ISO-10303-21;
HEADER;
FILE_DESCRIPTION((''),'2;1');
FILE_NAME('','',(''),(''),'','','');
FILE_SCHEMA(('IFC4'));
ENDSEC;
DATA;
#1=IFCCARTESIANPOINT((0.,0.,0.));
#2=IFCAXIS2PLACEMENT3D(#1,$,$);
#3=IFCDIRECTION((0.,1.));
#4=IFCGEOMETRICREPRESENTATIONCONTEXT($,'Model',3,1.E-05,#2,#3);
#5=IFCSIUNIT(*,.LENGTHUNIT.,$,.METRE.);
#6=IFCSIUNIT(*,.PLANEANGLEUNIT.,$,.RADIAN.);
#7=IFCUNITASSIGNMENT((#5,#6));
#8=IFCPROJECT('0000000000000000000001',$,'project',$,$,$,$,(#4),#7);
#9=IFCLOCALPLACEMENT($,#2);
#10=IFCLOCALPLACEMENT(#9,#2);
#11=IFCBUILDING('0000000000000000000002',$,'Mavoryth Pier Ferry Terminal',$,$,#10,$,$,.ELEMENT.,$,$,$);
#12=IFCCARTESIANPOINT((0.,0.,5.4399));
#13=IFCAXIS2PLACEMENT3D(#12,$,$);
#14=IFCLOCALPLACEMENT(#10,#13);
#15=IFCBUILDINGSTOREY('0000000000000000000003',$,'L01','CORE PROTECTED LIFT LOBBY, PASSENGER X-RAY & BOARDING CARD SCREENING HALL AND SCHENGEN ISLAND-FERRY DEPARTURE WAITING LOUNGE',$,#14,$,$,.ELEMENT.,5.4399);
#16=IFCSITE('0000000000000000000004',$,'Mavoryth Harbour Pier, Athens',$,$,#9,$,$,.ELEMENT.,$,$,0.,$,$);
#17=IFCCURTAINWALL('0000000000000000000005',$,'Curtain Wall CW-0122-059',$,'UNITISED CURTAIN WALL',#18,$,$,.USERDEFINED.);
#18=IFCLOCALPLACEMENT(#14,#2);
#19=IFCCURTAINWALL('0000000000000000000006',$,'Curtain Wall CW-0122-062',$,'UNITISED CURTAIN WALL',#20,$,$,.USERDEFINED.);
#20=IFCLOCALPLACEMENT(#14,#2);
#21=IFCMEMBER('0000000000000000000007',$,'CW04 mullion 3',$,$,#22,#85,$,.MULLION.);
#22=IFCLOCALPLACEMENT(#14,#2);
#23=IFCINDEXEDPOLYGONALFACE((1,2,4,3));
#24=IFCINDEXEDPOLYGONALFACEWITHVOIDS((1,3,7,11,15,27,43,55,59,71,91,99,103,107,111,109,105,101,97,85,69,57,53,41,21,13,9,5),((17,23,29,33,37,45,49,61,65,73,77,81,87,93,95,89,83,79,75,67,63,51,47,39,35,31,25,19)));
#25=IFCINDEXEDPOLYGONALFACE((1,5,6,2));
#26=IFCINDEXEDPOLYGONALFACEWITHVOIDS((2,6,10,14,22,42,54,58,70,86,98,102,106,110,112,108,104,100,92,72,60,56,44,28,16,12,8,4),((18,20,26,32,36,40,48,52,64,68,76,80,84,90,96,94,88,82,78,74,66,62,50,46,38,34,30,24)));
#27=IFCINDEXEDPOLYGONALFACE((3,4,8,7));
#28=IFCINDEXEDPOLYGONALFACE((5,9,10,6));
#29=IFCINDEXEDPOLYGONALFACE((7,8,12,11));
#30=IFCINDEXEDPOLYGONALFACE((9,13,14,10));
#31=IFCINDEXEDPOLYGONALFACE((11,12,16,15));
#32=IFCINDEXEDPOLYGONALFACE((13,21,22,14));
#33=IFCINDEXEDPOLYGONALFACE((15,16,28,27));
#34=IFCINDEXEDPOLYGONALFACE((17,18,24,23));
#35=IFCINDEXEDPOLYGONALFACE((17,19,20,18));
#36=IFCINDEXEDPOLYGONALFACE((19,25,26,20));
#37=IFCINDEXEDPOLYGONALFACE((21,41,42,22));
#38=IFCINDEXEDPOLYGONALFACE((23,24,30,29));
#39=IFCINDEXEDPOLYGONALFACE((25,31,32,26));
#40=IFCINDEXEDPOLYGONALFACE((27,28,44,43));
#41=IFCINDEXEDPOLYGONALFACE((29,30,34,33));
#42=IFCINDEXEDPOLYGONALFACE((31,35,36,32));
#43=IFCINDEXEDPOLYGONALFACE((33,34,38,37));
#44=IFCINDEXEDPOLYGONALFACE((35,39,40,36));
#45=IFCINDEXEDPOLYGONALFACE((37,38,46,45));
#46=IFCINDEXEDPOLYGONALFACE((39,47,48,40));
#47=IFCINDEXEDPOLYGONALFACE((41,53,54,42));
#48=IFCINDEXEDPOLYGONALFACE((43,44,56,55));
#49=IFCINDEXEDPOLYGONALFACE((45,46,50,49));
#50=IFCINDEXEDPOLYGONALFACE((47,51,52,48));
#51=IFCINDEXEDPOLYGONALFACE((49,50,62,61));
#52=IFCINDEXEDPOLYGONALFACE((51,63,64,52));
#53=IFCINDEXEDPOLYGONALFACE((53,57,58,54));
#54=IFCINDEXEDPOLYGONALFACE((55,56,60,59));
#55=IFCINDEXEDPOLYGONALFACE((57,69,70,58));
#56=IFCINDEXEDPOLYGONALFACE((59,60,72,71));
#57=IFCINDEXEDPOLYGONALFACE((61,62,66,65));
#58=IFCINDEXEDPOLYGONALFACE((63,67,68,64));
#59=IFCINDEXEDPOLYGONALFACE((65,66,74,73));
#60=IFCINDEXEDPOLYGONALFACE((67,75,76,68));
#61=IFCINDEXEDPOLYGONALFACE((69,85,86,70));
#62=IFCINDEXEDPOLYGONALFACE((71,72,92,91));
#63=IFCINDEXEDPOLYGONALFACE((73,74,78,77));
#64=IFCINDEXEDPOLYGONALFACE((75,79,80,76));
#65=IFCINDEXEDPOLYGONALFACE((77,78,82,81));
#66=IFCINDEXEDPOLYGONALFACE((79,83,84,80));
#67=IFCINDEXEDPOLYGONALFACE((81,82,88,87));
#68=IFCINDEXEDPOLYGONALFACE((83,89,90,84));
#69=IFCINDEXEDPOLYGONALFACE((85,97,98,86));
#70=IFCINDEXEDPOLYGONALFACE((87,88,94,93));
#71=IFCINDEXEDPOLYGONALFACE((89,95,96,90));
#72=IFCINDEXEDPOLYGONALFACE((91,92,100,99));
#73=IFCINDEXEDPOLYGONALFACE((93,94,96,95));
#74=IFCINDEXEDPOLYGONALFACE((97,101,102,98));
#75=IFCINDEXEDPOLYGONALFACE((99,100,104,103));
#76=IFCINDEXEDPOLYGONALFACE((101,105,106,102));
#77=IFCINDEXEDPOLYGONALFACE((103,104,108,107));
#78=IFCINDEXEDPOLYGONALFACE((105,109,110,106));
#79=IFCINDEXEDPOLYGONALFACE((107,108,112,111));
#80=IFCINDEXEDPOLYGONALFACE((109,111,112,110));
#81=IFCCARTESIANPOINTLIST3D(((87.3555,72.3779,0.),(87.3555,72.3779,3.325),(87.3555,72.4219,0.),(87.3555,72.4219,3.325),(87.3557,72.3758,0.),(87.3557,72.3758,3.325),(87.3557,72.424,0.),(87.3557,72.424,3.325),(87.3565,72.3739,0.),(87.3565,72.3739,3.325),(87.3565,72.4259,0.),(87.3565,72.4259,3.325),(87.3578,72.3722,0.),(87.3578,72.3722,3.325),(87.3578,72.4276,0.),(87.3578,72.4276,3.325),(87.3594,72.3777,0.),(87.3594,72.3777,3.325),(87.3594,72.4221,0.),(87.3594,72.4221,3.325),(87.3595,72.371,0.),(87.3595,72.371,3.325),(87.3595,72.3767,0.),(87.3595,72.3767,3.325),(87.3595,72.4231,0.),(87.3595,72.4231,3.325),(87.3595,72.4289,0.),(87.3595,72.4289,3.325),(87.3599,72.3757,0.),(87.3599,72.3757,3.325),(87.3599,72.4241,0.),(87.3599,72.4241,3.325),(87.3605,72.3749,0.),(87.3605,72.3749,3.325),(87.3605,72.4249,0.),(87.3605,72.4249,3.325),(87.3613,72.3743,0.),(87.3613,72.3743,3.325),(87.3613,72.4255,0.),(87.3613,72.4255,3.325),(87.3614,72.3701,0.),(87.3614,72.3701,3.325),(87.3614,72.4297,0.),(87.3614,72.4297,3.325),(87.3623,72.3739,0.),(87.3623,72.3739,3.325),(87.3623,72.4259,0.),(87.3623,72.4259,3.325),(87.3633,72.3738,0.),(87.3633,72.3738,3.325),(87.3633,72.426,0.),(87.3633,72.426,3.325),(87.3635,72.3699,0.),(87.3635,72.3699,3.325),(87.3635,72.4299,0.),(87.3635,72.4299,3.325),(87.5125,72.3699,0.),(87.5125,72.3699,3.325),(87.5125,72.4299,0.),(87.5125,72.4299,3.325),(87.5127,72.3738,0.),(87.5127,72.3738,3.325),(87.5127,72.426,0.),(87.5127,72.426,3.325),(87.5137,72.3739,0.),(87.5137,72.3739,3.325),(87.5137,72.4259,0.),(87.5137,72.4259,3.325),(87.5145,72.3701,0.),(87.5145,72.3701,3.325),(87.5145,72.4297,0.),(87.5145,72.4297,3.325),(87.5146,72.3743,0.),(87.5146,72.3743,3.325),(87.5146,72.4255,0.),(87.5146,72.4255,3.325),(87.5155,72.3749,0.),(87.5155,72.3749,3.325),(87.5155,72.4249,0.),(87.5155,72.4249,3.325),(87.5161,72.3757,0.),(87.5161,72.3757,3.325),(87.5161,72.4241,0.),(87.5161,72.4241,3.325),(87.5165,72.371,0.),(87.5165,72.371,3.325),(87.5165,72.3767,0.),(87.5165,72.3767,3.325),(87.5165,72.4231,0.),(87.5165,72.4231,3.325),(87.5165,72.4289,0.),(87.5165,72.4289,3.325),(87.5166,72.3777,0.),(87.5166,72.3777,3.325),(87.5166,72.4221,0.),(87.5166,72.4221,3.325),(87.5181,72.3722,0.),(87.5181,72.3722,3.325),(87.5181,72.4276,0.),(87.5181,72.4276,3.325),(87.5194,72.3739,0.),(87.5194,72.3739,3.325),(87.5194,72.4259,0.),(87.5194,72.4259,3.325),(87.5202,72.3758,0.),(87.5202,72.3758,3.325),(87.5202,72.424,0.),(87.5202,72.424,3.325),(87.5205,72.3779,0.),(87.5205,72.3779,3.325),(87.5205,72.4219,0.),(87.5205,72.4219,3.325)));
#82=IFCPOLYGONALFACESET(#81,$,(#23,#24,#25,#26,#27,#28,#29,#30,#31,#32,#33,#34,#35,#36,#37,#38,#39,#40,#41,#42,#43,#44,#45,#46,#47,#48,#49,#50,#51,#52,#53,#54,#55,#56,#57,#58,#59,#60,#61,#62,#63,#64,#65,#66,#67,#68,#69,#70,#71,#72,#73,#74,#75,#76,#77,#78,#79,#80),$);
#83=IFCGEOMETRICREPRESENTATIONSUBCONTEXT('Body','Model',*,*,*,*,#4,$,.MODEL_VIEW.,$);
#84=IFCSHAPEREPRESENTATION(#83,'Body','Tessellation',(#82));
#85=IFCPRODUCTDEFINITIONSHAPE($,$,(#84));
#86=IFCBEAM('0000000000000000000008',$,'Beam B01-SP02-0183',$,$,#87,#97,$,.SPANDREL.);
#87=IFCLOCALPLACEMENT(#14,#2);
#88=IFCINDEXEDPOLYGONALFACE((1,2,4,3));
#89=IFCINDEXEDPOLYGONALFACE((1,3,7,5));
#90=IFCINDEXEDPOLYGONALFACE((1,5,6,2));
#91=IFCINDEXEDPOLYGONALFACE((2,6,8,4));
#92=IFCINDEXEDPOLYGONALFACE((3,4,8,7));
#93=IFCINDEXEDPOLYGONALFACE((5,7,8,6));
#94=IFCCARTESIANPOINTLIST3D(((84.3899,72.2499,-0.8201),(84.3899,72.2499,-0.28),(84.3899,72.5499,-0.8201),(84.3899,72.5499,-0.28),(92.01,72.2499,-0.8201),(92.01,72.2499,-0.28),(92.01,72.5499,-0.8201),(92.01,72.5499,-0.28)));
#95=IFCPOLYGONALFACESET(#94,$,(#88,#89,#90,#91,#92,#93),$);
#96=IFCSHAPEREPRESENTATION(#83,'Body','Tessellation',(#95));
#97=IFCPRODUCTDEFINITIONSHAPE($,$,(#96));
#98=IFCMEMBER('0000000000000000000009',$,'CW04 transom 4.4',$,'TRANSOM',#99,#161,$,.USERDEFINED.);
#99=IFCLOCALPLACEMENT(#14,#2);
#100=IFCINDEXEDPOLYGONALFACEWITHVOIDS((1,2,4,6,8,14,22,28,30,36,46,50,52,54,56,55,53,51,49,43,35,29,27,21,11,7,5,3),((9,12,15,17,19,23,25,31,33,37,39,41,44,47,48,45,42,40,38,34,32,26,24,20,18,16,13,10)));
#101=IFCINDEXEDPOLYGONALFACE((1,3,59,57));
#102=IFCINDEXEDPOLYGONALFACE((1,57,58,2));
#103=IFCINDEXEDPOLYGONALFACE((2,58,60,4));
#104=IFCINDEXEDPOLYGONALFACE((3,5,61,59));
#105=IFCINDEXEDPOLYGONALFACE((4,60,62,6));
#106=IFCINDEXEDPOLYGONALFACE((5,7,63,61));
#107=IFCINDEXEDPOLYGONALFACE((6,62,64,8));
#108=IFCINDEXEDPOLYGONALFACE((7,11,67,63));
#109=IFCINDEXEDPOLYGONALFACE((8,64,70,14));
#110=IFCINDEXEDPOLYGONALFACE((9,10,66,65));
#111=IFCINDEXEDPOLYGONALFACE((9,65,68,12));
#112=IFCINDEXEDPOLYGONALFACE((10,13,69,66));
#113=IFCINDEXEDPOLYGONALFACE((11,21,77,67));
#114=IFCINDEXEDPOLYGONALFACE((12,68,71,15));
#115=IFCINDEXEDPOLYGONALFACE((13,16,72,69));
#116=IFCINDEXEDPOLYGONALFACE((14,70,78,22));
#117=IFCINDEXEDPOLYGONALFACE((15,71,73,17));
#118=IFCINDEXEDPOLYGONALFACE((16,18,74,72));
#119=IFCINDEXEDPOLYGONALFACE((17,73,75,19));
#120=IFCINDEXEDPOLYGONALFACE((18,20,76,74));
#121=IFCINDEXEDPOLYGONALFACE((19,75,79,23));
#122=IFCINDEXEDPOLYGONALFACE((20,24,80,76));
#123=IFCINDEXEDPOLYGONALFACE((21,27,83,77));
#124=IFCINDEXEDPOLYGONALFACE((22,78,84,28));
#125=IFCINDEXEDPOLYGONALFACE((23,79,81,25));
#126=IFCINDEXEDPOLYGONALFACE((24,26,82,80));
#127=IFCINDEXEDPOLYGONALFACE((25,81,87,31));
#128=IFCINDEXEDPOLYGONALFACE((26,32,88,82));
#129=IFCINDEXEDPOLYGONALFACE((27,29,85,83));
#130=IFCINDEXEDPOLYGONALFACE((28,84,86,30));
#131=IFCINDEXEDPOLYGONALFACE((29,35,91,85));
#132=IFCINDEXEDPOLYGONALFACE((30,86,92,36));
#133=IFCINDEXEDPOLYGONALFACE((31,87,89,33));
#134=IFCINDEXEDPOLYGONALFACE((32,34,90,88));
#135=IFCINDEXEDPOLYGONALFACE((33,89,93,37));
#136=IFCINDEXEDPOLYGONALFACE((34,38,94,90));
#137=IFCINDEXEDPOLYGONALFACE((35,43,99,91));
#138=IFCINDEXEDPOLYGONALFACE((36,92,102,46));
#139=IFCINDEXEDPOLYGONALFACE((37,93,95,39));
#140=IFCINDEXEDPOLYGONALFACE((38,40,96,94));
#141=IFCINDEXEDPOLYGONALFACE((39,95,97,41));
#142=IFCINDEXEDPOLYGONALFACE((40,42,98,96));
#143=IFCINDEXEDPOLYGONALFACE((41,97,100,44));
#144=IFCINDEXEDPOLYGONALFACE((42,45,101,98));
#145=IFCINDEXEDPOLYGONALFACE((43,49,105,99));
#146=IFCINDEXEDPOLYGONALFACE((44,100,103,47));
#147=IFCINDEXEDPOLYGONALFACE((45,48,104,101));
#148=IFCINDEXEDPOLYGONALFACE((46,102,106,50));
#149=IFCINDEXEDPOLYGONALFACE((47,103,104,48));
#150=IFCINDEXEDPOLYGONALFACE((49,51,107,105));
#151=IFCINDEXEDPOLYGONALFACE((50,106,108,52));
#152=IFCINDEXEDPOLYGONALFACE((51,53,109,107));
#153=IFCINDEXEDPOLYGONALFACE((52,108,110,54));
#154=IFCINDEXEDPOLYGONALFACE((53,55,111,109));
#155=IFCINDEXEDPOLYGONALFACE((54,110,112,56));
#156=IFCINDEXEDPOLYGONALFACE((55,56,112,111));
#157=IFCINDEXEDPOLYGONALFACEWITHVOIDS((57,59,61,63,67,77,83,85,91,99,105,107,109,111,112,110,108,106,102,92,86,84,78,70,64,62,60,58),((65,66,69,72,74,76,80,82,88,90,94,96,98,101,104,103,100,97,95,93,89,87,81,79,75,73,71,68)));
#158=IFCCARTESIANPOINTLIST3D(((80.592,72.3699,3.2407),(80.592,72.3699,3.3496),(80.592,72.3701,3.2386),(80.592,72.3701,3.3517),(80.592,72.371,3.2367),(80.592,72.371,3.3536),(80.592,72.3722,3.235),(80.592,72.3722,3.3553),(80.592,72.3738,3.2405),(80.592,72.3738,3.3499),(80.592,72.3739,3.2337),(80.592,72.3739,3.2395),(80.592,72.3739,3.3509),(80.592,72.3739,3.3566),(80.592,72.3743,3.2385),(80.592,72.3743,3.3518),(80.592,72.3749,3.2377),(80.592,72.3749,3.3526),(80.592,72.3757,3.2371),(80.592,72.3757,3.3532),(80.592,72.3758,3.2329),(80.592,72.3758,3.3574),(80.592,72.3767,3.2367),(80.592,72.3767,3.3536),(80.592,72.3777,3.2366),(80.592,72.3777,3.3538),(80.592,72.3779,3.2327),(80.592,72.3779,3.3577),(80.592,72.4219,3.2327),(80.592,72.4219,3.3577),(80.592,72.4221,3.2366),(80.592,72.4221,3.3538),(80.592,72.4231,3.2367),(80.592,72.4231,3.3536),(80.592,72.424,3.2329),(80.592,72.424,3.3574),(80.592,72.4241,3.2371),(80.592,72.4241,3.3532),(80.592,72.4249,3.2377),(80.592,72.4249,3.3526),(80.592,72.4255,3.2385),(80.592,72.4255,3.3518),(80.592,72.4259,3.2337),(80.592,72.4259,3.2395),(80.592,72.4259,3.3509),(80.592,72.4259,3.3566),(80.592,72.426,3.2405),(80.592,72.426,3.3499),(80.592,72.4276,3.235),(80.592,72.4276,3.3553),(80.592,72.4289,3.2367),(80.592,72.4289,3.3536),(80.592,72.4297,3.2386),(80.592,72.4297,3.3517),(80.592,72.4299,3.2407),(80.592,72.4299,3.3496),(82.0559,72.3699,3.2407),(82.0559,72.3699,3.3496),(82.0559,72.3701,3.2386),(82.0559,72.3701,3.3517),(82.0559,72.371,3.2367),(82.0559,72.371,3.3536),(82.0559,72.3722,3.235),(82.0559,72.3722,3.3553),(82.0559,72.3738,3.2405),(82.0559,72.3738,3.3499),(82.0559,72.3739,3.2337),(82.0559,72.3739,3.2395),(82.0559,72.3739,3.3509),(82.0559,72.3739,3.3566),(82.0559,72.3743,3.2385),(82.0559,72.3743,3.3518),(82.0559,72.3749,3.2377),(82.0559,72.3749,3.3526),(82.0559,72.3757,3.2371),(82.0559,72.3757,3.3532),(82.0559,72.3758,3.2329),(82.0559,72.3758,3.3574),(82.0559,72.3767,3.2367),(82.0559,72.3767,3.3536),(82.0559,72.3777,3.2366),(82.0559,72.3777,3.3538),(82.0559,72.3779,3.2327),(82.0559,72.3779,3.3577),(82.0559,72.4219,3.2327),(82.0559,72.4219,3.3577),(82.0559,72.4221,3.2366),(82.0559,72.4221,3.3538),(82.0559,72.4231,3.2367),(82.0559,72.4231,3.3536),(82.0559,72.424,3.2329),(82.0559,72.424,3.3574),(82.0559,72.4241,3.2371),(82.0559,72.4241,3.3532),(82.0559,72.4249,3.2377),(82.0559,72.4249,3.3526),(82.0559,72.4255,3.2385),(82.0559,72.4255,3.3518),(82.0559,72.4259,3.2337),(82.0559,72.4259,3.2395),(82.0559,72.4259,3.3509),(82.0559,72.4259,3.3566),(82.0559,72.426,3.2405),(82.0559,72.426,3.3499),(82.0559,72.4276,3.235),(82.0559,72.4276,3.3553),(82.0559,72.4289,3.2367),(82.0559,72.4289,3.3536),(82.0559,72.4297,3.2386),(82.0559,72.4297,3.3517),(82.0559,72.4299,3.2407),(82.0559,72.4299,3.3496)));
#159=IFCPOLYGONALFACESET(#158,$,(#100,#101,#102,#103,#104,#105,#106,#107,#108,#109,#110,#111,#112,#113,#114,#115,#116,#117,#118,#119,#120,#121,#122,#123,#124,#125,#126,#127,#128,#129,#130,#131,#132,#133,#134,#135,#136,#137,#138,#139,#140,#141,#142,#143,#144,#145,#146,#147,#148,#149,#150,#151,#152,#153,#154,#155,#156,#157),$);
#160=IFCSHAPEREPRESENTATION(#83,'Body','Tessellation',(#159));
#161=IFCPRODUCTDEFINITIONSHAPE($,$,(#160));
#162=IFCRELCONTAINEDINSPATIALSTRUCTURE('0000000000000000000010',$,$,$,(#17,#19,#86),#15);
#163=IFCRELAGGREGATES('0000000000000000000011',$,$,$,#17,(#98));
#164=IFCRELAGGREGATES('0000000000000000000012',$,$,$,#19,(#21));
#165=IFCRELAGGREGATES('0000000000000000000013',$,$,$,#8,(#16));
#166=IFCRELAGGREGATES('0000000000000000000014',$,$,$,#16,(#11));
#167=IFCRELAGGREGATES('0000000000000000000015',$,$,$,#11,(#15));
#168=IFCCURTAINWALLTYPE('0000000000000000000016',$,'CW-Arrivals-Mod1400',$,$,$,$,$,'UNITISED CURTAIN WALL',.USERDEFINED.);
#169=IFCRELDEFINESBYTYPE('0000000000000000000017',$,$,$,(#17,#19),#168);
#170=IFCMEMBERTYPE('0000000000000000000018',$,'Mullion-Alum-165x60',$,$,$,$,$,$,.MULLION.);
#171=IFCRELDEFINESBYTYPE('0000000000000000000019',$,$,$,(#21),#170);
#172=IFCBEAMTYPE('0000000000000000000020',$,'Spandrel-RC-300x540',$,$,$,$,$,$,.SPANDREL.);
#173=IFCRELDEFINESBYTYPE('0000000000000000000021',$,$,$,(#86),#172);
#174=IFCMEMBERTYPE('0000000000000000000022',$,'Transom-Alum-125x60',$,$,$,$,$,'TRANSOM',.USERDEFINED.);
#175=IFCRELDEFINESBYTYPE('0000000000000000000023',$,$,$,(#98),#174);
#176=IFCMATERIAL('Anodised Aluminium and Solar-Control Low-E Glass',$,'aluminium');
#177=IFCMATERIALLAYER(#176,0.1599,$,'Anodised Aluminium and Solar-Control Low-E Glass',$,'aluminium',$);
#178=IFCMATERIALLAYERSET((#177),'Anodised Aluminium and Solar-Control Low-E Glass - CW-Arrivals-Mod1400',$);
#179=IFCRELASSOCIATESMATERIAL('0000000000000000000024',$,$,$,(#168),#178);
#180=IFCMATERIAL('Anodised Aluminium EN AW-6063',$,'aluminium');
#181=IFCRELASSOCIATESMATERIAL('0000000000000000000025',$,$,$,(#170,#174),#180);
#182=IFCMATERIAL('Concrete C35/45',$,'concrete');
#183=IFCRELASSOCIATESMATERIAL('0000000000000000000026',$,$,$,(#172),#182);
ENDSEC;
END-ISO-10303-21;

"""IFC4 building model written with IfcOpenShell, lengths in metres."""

from ifc_helpers import new_model, si_unit, direction, frame, origin, origin_2d, place, context, subcontext, project, spatial, rectangle, hollow_rectangle, extrude, material, layer, layer_set, material_profile, profile_set, type_object, element, aggregate, save


model = new_model("IFC4")

# Units and contexts
model_context = context("Model", 3, precision=1e-05, world=origin(), true_north=direction((0.0, 1.0)))
body_context = subcontext(model_context, "Body", "Model", "MODEL_VIEW")
ifc_project = project(units=[si_unit("LENGTHUNIT", "METRE"), si_unit("PLANEANGLEUNIT", "RADIAN")], contexts=[model_context])

# Site, building, storey
site_placement = place(None, origin())
site = spatial("IfcSite", under=ifc_project, at=site_placement, Name="Mavoryth Harbour Pier, Athens", CompositionType="ELEMENT", RefElevation=0.0)
building_placement = place(site_placement, origin())
building = spatial("IfcBuilding", under=site, at=building_placement, Name="Mavoryth Pier Ferry Terminal", CompositionType="ELEMENT")
storey_placement = place(building_placement, frame((0.0, 0.0, 5.4399)))
storey = spatial("IfcBuildingStorey", under=building, at=storey_placement, Name="L01", Description="CORE PROTECTED LIFT LOBBY, PASSENGER X-RAY & BOARDING CARD SCREENING HALL AND SCHENGEN ISLAND-FERRY DEPARTURE WAITING LOUNGE", CompositionType="ELEMENT", Elevation=5.4399)

# Shared definitions
ifc_material_1 = material(Name="Concrete C35/45", Category="concrete")

# Curtain walls, member
ifc_material_2 = material(Name="Anodised Aluminium and Solar-Control Low-E Glass", Category="aluminium")
ifc_layer_1 = layer(ifc_material_2, 0.1599, Name="Anodised Aluminium and Solar-Control Low-E Glass", Category="aluminium")
ifc_layer_set_1 = layer_set([ifc_layer_1], Name="Anodised Aluminium and Solar-Control Low-E Glass - CW-Arrivals-Mod1400")
curtain_wall_type = type_object("IfcCurtainWallType", Name="CW-Arrivals-Mod1400", ElementType="UNITISED CURTAIN WALL", PredefinedType="USERDEFINED", material=ifc_layer_set_1)
curtain_wall_1_placement = place(storey_placement, origin())
curtain_wall_1 = element("IfcCurtainWall", 1, at=curtain_wall_1_placement, inside=storey, type_object=curtain_wall_type, Name="Curtain Wall CW-0122-059", ObjectType="UNITISED CURTAIN WALL", PredefinedType="USERDEFINED")
ifc_material_3 = material(Name="Anodised Aluminium EN AW-6063", Category="aluminium")
ifc_material_profile_1 = material_profile(ifc_material_3, hollow_rectangle(XDim=0.0601, YDim=0.165, WallThickness=0.0039, InnerFilletRadius=0.0039, OuterFilletRadius=0.0081, at=origin_2d()), Name="AL-MULL 165x60x4", Category="aluminium")
ifc_profile_set_1 = profile_set([ifc_material_profile_1], Name="Anodised Aluminium EN AW-6063 - AL-MULL 165x60x4")
member_type_1 = type_object("IfcMemberType", Name="Mullion-Alum-165x60", PredefinedType="MULLION", material=ifc_profile_set_1)
curtain_wall_2_placement = place(storey_placement, origin())
curtain_wall_2 = element("IfcCurtainWall", 2, at=curtain_wall_2_placement, inside=storey, type_object=curtain_wall_type, Name="Curtain Wall CW-0122-062", ObjectType="UNITISED CURTAIN WALL", PredefinedType="USERDEFINED")
member_1_placement = place(storey_placement, frame((87.438, 72.3999, 0.0), z_axis=(0.0, 0.0, 1.0), x_axis=(0.0, 1.0, 0.0)))
member_1 = element("IfcMember", 3, at=member_1_placement, type_object=member_type_1, Name="CW04 mullion 3", PredefinedType="MULLION", context=body_context, shape_type="SweptSolid", body=[
    extrude(hollow_rectangle(XDim=0.0601, YDim=0.165, WallThickness=0.0039, InnerFilletRadius=0.0039, OuterFilletRadius=0.0081, at=origin_2d()), origin(), (0.0, 0.0, 1.0), 3.325),
])

# Beam
ifc_material_profile_2 = material_profile(ifc_material_1, rectangle(XDim=0.3, YDim=0.54, at=origin_2d()), Name="RC 300x540", Category="concrete")
ifc_profile_set_2 = profile_set([ifc_material_profile_2], Name="Concrete C35/45 - RC 300x540")
beam_type_1 = type_object("IfcBeamType", Name="Spandrel-RC-300x540", PredefinedType="SPANDREL", material=ifc_profile_set_2)
beam_1_placement = place(storey_placement, frame((84.3899, 72.3999, -0.55), z_axis=(1.0, 0.0, 0.0), x_axis=(0.0, 1.0, 0.0)))
element("IfcBeam", 4, at=beam_1_placement, inside=storey, type_object=beam_type_1, Name="Beam B01-SP02-0183", PredefinedType="SPANDREL", context=body_context, shape_type="SweptSolid", body=[
    extrude(rectangle(XDim=0.3, YDim=0.54, at=origin_2d()), origin(), (0.0, 0.0, 1.0), 7.6201),
])

# Member
ifc_material_profile_3 = material_profile(ifc_material_3, hollow_rectangle(XDim=0.0601, YDim=0.125, WallThickness=0.0039, InnerFilletRadius=0.0039, OuterFilletRadius=0.0081, at=origin_2d()), Name="AL-TRAN 125x60x4", Category="aluminium")
ifc_profile_set_3 = profile_set([ifc_material_profile_3], Name="Anodised Aluminium EN AW-6063 - AL-TRAN 125x60x4")
member_type_2 = type_object("IfcMemberType", Name="Transom-Alum-125x60", ElementType="TRANSOM", PredefinedType="USERDEFINED", material=ifc_profile_set_3)
member_2_placement = place(storey_placement, frame((80.592, 72.3999, 3.2952), z_axis=(1.0, 0.0, 0.0), x_axis=(0.0, 1.0, 0.0)))
member_2 = element("IfcMember", 5, at=member_2_placement, type_object=member_type_2, Name="CW04 transom 4.4", ObjectType="TRANSOM", PredefinedType="USERDEFINED", context=body_context, shape_type="SweptSolid", body=[
    extrude(hollow_rectangle(XDim=0.0601, YDim=0.125, WallThickness=0.0039, InnerFilletRadius=0.0039, OuterFilletRadius=0.0081, at=origin_2d()), origin(), (0.0, 0.0, 1.0), 1.4639),
])

aggregate(curtain_wall_1, [member_2])
aggregate(curtain_wall_2, [member_1])

save(model, "model.ifc")
